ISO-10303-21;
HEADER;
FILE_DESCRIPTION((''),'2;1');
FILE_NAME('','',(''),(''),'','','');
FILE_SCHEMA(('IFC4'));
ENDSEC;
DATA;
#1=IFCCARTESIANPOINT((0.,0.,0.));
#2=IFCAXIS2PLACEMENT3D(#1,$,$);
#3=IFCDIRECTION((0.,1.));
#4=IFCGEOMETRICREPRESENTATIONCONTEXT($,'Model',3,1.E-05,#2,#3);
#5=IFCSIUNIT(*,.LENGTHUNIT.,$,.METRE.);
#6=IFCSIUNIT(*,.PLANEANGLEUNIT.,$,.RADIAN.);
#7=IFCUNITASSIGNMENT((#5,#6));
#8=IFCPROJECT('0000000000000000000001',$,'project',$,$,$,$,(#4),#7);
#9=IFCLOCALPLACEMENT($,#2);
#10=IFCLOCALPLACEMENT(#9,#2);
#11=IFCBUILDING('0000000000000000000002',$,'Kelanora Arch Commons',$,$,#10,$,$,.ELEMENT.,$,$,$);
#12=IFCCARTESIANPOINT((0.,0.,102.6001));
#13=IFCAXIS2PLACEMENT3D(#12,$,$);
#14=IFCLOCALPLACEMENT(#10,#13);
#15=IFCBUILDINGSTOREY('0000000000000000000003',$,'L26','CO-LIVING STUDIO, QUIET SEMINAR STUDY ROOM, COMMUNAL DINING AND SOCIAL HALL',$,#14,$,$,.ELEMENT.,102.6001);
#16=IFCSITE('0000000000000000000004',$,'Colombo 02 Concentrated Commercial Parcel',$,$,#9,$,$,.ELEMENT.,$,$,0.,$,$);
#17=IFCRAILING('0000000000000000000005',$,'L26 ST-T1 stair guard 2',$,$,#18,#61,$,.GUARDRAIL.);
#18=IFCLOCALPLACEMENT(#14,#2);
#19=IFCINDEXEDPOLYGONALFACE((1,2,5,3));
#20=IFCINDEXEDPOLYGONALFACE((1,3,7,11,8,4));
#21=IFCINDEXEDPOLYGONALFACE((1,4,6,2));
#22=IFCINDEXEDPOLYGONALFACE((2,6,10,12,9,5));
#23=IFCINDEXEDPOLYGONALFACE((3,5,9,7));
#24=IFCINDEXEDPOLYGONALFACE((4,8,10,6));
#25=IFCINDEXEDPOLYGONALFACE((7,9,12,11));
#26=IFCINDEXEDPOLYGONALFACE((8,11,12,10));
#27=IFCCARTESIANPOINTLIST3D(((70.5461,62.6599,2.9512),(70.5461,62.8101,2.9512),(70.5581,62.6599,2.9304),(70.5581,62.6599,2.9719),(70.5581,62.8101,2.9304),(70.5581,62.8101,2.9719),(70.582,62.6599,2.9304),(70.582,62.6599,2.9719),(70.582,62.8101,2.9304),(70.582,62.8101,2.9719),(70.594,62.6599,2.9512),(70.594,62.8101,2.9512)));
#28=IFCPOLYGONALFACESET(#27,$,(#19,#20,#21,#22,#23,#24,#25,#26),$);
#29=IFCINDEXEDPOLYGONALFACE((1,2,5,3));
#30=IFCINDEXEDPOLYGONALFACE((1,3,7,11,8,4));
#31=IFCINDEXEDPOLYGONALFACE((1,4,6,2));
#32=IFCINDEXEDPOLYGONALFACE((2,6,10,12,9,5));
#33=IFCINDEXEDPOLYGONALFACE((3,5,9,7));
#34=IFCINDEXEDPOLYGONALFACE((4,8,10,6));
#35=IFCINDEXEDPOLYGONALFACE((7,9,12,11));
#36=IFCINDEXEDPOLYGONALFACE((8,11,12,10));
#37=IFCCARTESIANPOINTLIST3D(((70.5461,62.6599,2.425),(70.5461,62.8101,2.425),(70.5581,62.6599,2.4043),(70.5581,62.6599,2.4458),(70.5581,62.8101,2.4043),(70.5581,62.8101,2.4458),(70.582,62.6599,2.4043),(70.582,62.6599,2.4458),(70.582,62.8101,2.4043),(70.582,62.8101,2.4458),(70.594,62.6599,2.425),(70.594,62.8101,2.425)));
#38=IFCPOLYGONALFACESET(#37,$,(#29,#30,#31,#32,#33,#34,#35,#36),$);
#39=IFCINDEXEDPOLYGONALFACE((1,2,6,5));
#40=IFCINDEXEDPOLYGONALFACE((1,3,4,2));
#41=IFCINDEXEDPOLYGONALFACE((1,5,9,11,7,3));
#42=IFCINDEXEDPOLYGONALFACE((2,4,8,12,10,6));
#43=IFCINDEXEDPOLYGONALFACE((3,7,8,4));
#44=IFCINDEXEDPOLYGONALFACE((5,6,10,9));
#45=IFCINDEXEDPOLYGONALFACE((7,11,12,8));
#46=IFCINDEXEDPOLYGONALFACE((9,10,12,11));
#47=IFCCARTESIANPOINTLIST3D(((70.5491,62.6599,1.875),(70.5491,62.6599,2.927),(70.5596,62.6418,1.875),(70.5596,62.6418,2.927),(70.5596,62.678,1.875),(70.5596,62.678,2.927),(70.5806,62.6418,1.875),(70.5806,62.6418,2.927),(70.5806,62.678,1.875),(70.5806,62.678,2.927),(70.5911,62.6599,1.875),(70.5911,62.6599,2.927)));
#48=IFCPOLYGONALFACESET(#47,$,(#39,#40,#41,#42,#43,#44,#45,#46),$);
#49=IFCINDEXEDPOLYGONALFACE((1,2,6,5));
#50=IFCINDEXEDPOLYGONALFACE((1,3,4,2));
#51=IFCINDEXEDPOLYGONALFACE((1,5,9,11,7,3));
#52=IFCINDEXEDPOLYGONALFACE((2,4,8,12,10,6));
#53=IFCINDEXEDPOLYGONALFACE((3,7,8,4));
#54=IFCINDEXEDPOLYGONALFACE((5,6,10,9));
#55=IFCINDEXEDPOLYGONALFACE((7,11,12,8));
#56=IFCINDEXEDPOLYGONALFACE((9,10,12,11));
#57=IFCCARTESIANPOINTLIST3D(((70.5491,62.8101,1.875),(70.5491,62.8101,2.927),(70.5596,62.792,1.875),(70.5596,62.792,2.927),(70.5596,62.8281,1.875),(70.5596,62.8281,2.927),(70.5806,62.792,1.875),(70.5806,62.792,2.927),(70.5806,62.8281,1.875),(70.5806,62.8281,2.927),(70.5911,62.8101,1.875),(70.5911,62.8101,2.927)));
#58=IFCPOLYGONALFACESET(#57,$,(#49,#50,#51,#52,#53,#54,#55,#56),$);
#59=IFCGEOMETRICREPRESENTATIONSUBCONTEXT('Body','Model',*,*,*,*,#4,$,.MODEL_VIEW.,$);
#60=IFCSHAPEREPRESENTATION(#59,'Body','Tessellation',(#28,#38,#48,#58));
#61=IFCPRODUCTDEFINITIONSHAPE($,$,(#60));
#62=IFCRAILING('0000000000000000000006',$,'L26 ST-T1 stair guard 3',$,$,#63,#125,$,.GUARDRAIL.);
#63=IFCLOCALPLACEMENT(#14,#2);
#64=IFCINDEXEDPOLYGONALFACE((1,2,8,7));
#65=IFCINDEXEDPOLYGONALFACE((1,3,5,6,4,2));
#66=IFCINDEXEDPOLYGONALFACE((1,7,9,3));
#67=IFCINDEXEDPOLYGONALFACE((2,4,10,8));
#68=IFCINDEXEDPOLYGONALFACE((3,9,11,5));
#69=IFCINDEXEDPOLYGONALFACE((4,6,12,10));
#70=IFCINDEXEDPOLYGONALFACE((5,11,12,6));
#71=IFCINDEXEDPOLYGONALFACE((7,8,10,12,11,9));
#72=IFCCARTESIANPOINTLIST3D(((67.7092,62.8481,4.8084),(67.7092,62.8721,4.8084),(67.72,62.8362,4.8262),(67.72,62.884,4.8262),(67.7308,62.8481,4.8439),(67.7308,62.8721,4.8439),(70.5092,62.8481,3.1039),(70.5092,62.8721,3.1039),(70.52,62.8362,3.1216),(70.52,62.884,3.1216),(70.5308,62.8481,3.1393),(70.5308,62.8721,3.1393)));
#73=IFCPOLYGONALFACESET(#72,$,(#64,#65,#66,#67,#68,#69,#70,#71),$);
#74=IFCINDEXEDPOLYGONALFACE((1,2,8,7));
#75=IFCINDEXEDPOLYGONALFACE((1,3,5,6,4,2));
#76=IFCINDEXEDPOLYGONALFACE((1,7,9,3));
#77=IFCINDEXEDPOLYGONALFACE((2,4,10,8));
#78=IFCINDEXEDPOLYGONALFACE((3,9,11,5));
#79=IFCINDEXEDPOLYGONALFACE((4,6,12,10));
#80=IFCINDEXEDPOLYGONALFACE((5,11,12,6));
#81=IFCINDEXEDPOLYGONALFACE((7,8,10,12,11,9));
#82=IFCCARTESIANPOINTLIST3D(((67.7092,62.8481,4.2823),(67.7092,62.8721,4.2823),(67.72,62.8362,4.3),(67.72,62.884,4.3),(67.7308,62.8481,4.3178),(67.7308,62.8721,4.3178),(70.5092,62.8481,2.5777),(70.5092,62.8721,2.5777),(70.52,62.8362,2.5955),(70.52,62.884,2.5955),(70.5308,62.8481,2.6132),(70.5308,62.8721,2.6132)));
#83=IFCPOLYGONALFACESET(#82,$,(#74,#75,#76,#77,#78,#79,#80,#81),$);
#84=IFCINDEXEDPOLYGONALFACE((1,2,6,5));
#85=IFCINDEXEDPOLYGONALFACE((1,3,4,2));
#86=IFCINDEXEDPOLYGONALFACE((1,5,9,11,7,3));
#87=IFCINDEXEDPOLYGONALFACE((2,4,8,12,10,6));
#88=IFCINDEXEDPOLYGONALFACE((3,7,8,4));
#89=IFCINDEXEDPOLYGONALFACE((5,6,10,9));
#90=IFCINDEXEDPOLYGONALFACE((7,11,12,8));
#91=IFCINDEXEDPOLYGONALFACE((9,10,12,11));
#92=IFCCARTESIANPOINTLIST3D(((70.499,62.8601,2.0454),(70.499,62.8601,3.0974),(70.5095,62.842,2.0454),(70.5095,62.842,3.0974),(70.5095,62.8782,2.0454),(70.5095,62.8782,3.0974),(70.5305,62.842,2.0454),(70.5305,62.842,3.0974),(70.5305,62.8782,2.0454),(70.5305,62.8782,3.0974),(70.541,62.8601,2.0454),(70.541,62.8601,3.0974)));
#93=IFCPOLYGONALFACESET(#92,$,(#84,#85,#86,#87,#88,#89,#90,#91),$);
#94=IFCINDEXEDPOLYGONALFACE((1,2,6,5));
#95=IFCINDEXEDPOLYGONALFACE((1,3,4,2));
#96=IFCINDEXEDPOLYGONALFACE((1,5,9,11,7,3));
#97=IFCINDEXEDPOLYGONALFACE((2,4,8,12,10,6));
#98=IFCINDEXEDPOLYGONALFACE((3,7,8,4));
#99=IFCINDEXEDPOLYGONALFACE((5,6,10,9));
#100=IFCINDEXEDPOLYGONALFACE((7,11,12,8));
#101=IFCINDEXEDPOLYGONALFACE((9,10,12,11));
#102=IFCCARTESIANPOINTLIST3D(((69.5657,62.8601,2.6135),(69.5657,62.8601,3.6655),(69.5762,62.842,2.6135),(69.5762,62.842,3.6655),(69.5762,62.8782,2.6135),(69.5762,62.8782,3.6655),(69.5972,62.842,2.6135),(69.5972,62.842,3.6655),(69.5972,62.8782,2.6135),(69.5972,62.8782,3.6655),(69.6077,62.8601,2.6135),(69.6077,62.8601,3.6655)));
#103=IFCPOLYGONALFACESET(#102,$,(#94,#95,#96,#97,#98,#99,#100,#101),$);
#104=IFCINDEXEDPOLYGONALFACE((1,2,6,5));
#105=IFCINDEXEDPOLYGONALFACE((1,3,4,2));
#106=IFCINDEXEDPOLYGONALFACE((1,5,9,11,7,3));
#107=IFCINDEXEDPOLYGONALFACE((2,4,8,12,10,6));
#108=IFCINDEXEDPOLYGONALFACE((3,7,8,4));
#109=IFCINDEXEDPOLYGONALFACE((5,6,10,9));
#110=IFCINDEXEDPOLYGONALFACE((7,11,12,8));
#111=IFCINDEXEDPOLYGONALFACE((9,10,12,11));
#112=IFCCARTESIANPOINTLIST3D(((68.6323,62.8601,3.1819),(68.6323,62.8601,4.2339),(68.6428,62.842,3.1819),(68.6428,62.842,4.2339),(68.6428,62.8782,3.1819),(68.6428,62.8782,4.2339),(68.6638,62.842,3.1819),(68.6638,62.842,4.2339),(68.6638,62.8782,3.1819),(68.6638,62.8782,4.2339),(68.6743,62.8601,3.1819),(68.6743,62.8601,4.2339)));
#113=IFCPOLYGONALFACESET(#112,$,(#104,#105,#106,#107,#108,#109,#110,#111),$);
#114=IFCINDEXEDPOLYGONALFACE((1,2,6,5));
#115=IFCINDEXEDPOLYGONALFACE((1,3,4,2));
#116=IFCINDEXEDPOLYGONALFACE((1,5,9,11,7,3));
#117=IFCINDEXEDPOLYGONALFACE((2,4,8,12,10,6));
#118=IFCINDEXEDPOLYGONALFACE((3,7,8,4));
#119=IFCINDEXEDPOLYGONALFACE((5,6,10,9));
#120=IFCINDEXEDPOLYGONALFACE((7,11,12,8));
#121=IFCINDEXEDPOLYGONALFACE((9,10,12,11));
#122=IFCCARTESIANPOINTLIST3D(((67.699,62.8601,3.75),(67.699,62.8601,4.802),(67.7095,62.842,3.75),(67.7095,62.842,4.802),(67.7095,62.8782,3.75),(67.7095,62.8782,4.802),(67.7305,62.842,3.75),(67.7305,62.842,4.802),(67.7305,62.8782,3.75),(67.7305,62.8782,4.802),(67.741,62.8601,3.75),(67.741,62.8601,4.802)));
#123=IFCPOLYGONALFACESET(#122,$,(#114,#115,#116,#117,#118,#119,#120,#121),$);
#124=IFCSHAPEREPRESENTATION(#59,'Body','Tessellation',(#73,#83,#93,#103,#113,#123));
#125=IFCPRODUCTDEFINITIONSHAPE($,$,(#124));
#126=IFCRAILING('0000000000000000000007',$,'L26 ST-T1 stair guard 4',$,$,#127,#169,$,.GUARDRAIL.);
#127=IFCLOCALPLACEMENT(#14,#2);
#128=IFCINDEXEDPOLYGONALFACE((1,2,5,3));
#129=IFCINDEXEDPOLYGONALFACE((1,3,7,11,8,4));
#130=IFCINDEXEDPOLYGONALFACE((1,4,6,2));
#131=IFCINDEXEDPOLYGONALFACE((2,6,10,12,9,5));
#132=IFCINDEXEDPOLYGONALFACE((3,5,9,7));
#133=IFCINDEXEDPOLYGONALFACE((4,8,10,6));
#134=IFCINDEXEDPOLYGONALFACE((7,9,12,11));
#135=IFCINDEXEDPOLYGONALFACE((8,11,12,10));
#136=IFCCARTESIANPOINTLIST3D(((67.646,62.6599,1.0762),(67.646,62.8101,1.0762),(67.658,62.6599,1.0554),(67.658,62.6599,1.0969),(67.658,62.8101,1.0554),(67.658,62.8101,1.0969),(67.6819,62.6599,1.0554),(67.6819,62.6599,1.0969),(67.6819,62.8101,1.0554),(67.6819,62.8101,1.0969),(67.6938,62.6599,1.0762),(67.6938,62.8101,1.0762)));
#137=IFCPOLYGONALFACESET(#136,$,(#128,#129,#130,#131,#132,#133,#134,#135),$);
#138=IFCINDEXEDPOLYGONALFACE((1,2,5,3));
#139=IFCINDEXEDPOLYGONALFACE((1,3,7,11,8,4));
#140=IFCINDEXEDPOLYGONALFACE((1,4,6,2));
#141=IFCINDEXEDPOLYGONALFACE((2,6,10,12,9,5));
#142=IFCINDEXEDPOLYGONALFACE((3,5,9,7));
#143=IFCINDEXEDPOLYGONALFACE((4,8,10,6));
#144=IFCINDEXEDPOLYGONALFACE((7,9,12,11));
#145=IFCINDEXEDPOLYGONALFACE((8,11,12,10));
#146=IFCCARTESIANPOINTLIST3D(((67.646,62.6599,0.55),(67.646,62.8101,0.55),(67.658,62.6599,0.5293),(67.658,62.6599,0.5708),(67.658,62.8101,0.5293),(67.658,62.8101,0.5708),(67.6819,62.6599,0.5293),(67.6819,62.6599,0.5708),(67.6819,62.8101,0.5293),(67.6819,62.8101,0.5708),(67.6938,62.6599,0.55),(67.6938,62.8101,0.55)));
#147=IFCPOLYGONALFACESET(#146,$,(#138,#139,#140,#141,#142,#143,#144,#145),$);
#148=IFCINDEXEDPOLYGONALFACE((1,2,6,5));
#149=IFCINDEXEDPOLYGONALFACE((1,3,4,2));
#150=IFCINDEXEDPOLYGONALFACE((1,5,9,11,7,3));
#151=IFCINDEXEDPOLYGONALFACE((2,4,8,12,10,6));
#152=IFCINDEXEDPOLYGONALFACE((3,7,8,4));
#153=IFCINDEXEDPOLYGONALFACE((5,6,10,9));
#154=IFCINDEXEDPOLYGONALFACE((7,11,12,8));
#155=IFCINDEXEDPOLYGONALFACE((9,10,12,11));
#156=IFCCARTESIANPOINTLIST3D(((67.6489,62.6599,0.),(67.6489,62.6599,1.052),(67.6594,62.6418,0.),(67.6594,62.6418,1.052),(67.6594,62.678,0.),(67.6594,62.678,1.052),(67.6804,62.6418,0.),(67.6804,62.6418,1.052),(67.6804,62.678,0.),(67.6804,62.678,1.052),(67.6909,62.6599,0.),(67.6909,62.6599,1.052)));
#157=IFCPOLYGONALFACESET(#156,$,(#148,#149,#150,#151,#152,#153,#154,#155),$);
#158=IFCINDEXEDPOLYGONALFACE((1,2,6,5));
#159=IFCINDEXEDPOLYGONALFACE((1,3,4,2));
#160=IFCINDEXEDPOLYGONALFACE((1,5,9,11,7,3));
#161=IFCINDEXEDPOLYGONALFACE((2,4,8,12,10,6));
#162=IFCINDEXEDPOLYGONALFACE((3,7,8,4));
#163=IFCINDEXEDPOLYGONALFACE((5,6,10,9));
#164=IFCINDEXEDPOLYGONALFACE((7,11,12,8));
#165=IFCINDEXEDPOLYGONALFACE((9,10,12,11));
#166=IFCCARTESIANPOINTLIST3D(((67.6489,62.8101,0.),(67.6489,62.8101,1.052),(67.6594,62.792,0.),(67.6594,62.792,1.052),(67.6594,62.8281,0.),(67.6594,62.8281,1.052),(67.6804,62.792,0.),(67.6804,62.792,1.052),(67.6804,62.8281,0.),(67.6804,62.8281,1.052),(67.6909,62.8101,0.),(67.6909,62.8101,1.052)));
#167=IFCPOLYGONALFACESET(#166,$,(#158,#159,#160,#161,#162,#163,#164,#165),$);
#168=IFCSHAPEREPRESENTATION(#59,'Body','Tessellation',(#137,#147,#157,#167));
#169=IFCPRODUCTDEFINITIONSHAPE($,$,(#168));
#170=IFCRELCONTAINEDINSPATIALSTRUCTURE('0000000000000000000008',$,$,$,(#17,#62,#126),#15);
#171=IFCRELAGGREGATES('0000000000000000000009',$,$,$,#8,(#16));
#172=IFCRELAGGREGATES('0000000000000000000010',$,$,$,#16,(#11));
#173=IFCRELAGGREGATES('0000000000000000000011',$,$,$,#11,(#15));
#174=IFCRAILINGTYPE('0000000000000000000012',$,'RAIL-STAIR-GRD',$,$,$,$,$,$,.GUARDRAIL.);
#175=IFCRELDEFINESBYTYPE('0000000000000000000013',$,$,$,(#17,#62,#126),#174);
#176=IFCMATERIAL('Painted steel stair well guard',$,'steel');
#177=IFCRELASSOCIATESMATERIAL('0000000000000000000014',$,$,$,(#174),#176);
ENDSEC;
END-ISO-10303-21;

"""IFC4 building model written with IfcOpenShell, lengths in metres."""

from ifc_helpers import new_model, si_unit, direction, frame, origin, place, context, subcontext, project, spatial, polyline, outline, extrude, material, type_object, element, save


model = new_model("IFC4")

# Units and contexts
model_context = context("Model", 3, precision=1e-05, world=origin(), true_north=direction((0.0, 1.0)))
body_context = subcontext(model_context, "Body", "Model", "MODEL_VIEW")
ifc_project = project(units=[si_unit("LENGTHUNIT", "METRE"), si_unit("PLANEANGLEUNIT", "RADIAN")], contexts=[model_context])

# Site, building, storey
site_placement = place(None, origin())
site = spatial("IfcSite", under=ifc_project, at=site_placement, Name="Colombo 02 Concentrated Commercial Parcel", CompositionType="ELEMENT", RefElevation=0.0)
building_placement = place(site_placement, origin())
building = spatial("IfcBuilding", under=site, at=building_placement, Name="Kelanora Arch Commons", CompositionType="ELEMENT")
storey_placement = place(building_placement, frame((0.0, 0.0, 102.6001)))
storey = spatial("IfcBuildingStorey", under=building, at=storey_placement, Name="L26", Description="CO-LIVING STUDIO, QUIET SEMINAR STUDY ROOM, COMMUNAL DINING AND SOCIAL HALL", CompositionType="ELEMENT", Elevation=102.6001)

# Railings
ifc_material_1 = material(Name="Painted steel stair well guard", Category="steel")
railing_type_1 = type_object("IfcRailingType", Name="RAIL-STAIR-GRD", PredefinedType="GUARDRAIL", material=ifc_material_1)
railing_1_placement = place(storey_placement, frame((70.5701, 62.6599, 1.875)))
element("IfcRailing", 1, at=railing_1_placement, inside=storey, type_object=railing_type_1, Name="L26 ST-T1 stair guard 2", PredefinedType="GUARDRAIL", context=body_context, shape_type="SweptSolid", body=[
    extrude(outline(polyline([(0.0239, 0.0), (0.012, 0.0208), (-0.012, 0.0208), (-0.0239, 0.0), (-0.012, -0.0208), (0.012, -0.0208), (0.0239, 0.0)])), frame((0.0, 0.0, 1.0762), z_axis=(0.0, 1.0, 0.0), x_axis=(-1.0, 0.0, 0.0)), (0.0, 0.0, 1.0), 0.1501),
    extrude(outline(polyline([(0.0239, 0.0), (0.012, 0.0208), (-0.012, 0.0208), (-0.0239, 0.0), (-0.012, -0.0208), (0.012, -0.0208), (0.0239, 0.0)])), frame((0.0, 0.0, 0.55), z_axis=(0.0, 1.0, 0.0), x_axis=(-1.0, 0.0, 0.0)), (0.0, 0.0, 1.0), 0.1501),
    extrude(outline(polyline([(0.021, 0.0), (0.0105, 0.0181), (-0.0105, 0.0181), (-0.021, 0.0), (-0.0105, -0.0181), (0.0105, -0.0181), (0.021, 0.0)])), origin(), (0.0, 0.0, 1.0), 1.052),
    extrude(outline(polyline([(0.021, 0.0), (0.0105, 0.0181), (-0.0105, 0.0181), (-0.021, 0.0), (-0.0105, -0.0181), (0.0105, -0.0181), (0.021, 0.0)])), frame((0.0, 0.1501, 0.0)), (0.0, 0.0, 1.0), 1.052),
])
railing_2_placement = place(storey_placement, frame((70.52, 62.8601, 2.0454)))
element("IfcRailing", 2, at=railing_2_placement, inside=storey, type_object=railing_type_1, Name="L26 ST-T1 stair guard 3", PredefinedType="GUARDRAIL", context=body_context, shape_type="SweptSolid", body=[
    extrude(outline(polyline([(0.0239, 0.0), (0.012, 0.0208), (-0.012, 0.0208), (-0.0239, 0.0), (-0.012, -0.0208), (0.012, -0.0208), (0.0239, 0.0)])), frame((0.0, 0.0, 1.0762), z_axis=(-0.85417, 0.0, 0.519994), x_axis=(0.0, -1.0, 0.0)), (0.0, 0.0, 1.0), 3.2781),
    extrude(outline(polyline([(0.0239, 0.0), (0.012, 0.0208), (-0.012, 0.0208), (-0.0239, 0.0), (-0.012, -0.0208), (0.012, -0.0208), (0.0239, 0.0)])), frame((0.0, 0.0, 0.55), z_axis=(-0.85417, 0.0, 0.519994), x_axis=(0.0, -1.0, 0.0)), (0.0, 0.0, 1.0), 3.2781),
    extrude(outline(polyline([(0.021, 0.0), (0.0105, 0.0181), (-0.0105, 0.0181), (-0.021, 0.0), (-0.0105, -0.0181), (0.0105, -0.0181), (0.021, 0.0)])), origin(), (0.0, 0.0, 1.0), 1.052),
    extrude(outline(polyline([(0.021, 0.0), (0.0105, 0.0181), (-0.0105, 0.0181), (-0.021, 0.0), (-0.0105, -0.0181), (0.0105, -0.0181), (0.021, 0.0)])), frame((-0.9333, 0.0, 0.5681)), (0.0, 0.0, 1.0), 1.052),
    extrude(outline(polyline([(0.021, 0.0), (0.0105, 0.0181), (-0.0105, 0.0181), (-0.021, 0.0), (-0.0105, -0.0181), (0.0105, -0.0181), (0.021, 0.0)])), frame((-1.8667, 0.0, 1.1365)), (0.0, 0.0, 1.0), 1.052),
    extrude(outline(polyline([(0.021, 0.0), (0.0105, 0.0181), (-0.0105, 0.0181), (-0.021, 0.0), (-0.0105, -0.0181), (0.0105, -0.0181), (0.021, 0.0)])), frame((-2.8, 0.0, 1.7046)), (0.0, 0.0, 1.0), 1.052),
])
railing_3_placement = place(storey_placement, frame((67.6699, 62.6599, 0.0)))
element("IfcRailing", 3, at=railing_3_placement, inside=storey, type_object=railing_type_1, Name="L26 ST-T1 stair guard 4", PredefinedType="GUARDRAIL", context=body_context, shape_type="SweptSolid", body=[
    extrude(outline(polyline([(0.0239, 0.0), (0.012, 0.0208), (-0.012, 0.0208), (-0.0239, 0.0), (-0.012, -0.0208), (0.012, -0.0208), (0.0239, 0.0)])), frame((0.0, 0.0, 1.0762), z_axis=(0.0, 1.0, 0.0), x_axis=(-1.0, 0.0, 0.0)), (0.0, 0.0, 1.0), 0.1501),
    extrude(outline(polyline([(0.0239, 0.0), (0.012, 0.0208), (-0.012, 0.0208), (-0.0239, 0.0), (-0.012, -0.0208), (0.012, -0.0208), (0.0239, 0.0)])), frame((0.0, 0.0, 0.55), z_axis=(0.0, 1.0, 0.0), x_axis=(-1.0, 0.0, 0.0)), (0.0, 0.0, 1.0), 0.1501),
    extrude(outline(polyline([(0.021, 0.0), (0.0105, 0.0181), (-0.0105, 0.0181), (-0.021, 0.0), (-0.0105, -0.0181), (0.0105, -0.0181), (0.021, 0.0)])), origin(), (0.0, 0.0, 1.0), 1.052),
    extrude(outline(polyline([(0.021, 0.0), (0.0105, 0.0181), (-0.0105, 0.0181), (-0.021, 0.0), (-0.0105, -0.0181), (0.0105, -0.0181), (0.021, 0.0)])), frame((0.0, 0.1501, 0.0)), (0.0, 0.0, 1.0), 1.052),
])

save(model, "model.ifc")
